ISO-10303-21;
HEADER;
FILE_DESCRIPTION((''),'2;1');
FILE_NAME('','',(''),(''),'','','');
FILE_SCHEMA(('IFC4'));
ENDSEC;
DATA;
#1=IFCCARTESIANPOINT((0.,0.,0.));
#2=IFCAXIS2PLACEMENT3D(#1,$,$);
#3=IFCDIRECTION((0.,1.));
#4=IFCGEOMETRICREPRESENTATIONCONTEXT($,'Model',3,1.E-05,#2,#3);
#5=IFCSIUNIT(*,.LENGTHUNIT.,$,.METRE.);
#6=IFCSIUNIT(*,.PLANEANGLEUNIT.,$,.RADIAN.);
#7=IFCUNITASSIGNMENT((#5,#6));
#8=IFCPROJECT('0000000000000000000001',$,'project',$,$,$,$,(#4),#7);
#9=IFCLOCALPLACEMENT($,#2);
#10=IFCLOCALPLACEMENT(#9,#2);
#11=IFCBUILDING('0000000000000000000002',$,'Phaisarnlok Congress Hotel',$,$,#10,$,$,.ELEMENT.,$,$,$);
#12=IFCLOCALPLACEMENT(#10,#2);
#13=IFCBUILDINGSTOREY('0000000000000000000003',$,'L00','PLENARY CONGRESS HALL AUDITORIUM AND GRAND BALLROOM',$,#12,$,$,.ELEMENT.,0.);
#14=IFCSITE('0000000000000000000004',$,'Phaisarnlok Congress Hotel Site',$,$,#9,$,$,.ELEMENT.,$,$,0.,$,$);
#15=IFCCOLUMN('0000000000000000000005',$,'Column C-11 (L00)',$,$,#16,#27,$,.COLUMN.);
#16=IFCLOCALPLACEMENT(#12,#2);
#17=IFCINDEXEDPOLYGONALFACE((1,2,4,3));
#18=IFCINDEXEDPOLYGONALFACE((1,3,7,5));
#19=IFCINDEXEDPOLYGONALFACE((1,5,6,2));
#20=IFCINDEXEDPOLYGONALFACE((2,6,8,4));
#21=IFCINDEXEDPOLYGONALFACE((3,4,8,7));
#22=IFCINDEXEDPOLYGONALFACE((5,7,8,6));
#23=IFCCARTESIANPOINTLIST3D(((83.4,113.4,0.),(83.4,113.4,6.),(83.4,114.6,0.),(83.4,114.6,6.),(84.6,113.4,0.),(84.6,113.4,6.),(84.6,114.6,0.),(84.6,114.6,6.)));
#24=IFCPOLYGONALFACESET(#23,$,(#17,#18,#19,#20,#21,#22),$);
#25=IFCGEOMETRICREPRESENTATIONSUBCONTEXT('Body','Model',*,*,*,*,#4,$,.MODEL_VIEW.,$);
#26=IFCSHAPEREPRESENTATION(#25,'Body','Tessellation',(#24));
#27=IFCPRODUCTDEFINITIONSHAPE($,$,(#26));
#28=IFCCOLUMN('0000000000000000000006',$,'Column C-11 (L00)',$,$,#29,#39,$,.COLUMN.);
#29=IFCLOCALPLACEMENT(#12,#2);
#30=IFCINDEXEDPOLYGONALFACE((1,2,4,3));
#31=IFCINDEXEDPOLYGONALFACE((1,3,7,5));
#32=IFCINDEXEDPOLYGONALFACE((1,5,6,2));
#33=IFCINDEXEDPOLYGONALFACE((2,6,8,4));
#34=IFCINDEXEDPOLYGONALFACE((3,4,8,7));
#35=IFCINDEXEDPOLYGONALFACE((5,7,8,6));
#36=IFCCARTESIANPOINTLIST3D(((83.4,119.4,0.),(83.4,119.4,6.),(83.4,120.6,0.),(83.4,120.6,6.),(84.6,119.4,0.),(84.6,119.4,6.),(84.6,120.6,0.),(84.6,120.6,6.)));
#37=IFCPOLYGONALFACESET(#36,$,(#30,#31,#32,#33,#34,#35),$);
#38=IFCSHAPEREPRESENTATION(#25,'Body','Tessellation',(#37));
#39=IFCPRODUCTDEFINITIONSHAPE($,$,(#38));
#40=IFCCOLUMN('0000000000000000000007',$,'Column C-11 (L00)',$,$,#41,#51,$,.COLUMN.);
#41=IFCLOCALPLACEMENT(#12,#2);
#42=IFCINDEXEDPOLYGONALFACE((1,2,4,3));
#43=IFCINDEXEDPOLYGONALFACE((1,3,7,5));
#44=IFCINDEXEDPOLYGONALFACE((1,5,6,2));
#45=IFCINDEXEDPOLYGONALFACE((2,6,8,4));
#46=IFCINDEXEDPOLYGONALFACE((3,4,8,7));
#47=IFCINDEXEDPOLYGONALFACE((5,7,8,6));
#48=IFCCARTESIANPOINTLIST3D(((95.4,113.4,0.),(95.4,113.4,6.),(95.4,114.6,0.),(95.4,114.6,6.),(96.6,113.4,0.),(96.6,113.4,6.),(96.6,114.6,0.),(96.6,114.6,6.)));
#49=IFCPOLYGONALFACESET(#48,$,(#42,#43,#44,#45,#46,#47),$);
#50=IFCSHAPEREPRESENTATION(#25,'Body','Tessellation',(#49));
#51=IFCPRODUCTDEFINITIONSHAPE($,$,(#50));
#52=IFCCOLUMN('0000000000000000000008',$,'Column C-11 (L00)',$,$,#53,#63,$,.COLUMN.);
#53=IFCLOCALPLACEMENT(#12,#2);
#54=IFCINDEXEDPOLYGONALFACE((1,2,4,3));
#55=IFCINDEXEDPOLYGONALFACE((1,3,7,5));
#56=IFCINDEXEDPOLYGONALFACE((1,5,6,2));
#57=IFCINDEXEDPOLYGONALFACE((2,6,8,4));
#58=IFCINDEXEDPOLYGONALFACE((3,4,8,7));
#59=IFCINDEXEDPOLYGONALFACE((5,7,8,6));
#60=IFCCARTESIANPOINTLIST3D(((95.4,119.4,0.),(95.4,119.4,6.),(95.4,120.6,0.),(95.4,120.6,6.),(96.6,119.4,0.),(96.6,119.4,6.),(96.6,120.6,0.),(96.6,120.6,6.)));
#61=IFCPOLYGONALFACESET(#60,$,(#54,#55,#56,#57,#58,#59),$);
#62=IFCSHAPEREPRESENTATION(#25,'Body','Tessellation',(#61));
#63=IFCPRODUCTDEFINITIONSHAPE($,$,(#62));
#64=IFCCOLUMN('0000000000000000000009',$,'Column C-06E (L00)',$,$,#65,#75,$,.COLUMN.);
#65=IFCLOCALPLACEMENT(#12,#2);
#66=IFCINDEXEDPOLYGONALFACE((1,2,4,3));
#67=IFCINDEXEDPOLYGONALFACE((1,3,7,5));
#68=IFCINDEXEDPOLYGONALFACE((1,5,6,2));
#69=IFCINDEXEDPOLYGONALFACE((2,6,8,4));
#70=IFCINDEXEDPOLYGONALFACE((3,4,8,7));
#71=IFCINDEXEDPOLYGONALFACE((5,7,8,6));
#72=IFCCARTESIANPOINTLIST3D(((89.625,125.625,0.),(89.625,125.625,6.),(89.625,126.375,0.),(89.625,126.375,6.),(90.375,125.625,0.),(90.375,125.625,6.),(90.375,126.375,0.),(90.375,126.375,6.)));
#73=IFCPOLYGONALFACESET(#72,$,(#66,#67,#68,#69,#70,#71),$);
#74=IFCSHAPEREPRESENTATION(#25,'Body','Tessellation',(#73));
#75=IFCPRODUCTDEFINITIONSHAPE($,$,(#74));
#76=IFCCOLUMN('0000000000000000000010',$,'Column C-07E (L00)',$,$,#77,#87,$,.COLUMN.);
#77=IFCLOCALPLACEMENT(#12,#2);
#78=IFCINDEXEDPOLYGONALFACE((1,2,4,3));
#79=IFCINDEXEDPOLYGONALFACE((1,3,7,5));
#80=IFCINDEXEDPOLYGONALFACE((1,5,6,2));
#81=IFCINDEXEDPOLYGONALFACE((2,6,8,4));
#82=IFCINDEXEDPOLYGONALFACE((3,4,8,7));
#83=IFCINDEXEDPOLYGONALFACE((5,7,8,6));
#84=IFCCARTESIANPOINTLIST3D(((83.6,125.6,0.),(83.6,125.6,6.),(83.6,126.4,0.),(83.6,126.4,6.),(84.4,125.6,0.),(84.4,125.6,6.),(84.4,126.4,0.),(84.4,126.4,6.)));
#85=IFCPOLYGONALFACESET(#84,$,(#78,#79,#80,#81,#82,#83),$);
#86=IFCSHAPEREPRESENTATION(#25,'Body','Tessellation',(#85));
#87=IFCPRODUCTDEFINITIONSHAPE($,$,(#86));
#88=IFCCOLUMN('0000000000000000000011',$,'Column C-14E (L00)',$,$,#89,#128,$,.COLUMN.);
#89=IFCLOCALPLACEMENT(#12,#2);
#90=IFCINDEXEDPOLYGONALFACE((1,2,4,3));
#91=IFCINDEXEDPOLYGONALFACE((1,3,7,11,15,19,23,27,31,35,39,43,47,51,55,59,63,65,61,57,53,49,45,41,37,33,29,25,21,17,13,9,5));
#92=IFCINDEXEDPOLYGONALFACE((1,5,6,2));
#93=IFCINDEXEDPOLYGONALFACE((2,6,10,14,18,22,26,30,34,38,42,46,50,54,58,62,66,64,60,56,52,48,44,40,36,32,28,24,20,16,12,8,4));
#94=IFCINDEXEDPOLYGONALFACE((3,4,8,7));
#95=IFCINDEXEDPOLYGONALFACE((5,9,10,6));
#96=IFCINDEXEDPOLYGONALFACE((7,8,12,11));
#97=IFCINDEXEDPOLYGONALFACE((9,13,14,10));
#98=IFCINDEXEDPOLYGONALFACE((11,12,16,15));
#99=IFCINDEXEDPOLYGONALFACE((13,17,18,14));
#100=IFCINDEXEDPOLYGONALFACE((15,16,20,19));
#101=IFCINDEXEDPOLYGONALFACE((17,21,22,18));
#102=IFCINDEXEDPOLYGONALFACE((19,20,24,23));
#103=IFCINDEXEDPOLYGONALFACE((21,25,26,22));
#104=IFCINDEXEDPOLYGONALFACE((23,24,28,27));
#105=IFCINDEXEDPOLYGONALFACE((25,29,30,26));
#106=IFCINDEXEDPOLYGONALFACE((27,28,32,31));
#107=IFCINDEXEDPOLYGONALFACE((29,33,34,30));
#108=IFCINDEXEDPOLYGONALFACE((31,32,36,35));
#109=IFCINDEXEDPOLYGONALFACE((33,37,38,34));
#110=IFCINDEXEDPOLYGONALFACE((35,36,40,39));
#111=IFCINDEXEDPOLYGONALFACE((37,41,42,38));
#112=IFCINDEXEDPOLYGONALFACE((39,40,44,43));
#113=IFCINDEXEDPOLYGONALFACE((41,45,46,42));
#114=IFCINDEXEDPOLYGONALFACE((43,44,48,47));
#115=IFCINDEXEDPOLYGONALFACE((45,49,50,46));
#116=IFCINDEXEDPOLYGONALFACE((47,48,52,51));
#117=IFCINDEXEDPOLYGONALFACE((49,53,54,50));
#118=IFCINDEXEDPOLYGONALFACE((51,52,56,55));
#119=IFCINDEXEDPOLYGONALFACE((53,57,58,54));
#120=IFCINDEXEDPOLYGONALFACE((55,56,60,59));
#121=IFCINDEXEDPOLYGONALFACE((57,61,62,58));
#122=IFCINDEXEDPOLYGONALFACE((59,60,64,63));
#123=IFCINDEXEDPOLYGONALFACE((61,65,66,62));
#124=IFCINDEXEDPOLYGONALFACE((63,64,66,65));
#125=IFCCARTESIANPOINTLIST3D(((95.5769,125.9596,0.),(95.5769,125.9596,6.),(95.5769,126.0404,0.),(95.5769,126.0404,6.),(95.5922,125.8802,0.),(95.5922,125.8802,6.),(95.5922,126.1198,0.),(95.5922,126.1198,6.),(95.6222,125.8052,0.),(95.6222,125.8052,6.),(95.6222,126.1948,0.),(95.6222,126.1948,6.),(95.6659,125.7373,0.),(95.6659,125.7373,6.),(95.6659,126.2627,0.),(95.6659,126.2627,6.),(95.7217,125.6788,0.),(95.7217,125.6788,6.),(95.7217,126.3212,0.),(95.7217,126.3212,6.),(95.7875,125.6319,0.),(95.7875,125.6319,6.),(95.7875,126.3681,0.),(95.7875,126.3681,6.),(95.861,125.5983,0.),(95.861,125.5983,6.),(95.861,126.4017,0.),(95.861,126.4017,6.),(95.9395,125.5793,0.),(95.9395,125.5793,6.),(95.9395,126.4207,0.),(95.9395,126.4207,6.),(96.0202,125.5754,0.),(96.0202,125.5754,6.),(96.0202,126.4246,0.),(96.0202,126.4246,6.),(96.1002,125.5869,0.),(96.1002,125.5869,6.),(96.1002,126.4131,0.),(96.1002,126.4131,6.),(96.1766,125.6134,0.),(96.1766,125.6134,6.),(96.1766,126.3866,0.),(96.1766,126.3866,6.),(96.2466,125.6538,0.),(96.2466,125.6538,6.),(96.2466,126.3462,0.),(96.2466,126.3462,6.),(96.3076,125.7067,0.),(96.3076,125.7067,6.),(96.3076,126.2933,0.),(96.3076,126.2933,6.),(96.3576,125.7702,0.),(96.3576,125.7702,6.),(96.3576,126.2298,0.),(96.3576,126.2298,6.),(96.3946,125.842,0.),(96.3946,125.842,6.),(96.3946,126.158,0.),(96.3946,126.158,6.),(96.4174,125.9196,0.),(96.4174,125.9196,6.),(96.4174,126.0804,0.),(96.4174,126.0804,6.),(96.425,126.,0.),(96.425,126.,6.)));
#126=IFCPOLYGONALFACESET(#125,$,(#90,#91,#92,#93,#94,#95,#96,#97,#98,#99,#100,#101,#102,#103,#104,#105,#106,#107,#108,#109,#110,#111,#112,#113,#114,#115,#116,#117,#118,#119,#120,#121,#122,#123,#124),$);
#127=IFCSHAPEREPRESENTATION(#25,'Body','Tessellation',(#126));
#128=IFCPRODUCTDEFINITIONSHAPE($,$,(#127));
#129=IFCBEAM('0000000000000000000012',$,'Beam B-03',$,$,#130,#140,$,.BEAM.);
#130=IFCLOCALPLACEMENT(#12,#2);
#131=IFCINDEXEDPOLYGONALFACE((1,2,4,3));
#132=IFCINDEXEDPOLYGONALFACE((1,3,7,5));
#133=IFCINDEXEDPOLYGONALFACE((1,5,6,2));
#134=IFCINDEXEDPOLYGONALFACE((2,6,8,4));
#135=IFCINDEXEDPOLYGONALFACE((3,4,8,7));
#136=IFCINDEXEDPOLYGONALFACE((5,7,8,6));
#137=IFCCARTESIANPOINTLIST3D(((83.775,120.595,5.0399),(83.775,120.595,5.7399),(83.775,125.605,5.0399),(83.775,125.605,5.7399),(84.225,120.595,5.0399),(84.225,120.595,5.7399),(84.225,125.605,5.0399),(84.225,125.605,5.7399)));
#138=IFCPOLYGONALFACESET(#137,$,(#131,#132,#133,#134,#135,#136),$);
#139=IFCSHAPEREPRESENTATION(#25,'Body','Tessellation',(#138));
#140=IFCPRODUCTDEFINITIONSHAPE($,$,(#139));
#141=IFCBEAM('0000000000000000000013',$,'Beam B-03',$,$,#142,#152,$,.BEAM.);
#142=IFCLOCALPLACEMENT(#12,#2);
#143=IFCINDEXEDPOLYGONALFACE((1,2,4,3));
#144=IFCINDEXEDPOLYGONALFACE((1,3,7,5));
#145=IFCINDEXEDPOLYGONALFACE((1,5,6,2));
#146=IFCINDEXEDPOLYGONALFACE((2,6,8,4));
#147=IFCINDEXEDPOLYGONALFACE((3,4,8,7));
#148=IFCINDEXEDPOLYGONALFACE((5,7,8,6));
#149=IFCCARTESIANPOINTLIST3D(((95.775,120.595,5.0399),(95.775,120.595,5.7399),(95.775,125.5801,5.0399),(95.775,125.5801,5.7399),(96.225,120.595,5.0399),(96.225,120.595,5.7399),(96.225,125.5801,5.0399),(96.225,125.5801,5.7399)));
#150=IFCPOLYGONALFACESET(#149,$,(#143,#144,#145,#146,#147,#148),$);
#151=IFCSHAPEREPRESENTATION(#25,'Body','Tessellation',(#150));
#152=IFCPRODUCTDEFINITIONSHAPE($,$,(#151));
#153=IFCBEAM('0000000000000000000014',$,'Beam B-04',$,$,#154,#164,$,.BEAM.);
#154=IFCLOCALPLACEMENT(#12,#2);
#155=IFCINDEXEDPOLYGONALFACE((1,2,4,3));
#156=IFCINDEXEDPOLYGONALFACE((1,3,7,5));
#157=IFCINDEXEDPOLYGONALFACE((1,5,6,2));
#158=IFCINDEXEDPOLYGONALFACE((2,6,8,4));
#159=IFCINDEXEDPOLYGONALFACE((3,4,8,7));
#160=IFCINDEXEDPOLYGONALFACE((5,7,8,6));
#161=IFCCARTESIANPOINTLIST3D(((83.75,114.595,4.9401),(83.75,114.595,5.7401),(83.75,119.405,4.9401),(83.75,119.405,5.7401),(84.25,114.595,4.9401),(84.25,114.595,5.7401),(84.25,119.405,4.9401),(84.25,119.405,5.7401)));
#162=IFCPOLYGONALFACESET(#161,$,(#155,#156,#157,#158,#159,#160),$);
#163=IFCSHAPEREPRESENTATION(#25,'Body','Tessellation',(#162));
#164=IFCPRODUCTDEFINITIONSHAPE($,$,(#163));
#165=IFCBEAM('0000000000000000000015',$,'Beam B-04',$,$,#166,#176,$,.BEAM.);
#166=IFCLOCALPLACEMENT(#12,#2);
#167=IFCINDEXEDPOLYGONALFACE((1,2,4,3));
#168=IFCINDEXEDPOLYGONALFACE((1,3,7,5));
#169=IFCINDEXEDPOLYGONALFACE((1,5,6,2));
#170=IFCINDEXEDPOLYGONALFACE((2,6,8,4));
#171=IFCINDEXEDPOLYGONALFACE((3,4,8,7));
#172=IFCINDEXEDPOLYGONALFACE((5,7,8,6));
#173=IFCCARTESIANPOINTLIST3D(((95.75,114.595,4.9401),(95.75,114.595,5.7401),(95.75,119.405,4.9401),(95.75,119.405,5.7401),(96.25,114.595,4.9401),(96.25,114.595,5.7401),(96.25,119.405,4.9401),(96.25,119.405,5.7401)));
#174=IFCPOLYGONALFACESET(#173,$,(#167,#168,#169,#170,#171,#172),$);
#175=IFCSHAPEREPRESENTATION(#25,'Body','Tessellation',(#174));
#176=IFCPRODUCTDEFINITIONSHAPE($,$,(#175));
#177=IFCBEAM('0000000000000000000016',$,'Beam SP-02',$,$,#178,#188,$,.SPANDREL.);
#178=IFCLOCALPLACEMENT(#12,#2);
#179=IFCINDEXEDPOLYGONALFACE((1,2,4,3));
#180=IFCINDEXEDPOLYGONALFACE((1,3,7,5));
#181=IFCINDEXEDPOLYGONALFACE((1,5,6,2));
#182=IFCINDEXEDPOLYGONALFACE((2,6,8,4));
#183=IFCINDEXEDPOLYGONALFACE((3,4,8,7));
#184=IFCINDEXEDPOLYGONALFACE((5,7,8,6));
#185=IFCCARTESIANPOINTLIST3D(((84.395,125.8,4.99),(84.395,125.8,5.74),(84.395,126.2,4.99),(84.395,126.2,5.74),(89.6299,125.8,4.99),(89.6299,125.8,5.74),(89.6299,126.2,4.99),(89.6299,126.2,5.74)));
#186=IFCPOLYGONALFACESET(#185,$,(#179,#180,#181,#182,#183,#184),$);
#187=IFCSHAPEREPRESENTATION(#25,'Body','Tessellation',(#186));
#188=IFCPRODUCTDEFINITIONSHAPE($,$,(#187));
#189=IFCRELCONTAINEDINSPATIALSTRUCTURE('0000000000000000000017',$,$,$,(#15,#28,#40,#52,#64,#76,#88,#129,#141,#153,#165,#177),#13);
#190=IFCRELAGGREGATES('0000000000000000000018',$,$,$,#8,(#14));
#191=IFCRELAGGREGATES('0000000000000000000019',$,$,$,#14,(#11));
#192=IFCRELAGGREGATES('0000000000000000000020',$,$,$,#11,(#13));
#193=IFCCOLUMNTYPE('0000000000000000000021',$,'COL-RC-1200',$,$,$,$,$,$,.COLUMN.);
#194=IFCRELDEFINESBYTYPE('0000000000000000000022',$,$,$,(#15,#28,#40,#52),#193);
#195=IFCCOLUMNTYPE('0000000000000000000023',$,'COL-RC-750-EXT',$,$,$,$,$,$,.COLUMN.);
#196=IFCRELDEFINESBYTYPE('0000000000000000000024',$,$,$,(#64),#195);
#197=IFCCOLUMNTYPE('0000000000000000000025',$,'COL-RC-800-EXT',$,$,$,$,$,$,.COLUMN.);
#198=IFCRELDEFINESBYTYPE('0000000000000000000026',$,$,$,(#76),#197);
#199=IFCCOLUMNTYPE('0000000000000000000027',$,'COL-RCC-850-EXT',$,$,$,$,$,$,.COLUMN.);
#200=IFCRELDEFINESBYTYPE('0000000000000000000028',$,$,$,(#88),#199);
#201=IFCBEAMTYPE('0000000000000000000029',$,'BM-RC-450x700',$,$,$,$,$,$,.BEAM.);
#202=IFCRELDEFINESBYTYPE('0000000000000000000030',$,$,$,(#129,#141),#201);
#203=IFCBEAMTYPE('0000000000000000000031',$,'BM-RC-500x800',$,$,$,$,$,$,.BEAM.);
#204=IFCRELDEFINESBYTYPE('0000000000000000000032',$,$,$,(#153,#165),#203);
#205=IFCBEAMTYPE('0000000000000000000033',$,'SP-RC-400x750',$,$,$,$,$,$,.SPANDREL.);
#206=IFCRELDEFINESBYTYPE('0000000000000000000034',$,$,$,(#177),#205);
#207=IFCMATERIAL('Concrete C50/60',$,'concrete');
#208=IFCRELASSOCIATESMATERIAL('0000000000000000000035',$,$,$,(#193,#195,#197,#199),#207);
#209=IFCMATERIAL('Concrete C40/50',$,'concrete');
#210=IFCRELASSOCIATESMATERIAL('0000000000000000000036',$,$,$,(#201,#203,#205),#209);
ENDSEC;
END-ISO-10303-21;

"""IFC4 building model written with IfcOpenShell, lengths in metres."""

from ifc_helpers import new_model, si_unit, direction, frame, origin, origin_2d, place, context, subcontext, project, spatial, rectangle, circle, extrude, material, material_profile, profile_set, type_object, element, save


model = new_model("IFC4")

# Units and contexts
model_context = context("Model", 3, precision=1e-05, world=origin(), true_north=direction((0.0, 1.0)))
body_context = subcontext(model_context, "Body", "Model", "MODEL_VIEW")
ifc_project = project(units=[si_unit("LENGTHUNIT", "METRE"), si_unit("PLANEANGLEUNIT", "RADIAN")], contexts=[model_context])

# Site, building, storey
site_placement = place(None, origin())
site = spatial("IfcSite", under=ifc_project, at=site_placement, Name="Phaisarnlok Congress Hotel Site", CompositionType="ELEMENT", RefElevation=0.0)
building_placement = place(site_placement, origin())
building = spatial("IfcBuilding", under=site, at=building_placement, Name="Phaisarnlok Congress Hotel", CompositionType="ELEMENT")
storey_placement = place(building_placement, origin())
storey = spatial("IfcBuildingStorey", under=building, at=storey_placement, Name="L00", Description="PLENARY CONGRESS HALL AUDITORIUM AND GRAND BALLROOM", CompositionType="ELEMENT", Elevation=0.0)

# Columns
ifc_material_1 = material(Name="Concrete C50/60", Category="concrete")
ifc_material_profile_1 = material_profile(ifc_material_1, rectangle(XDim=1.2, YDim=1.2, at=origin_2d()), Name="RC 1200x1200")
ifc_profile_set_1 = profile_set([ifc_material_profile_1], Name="Concrete C50/60")
column_type_1 = type_object("IfcColumnType", Name="COL-RC-1200", PredefinedType="COLUMN", material=ifc_profile_set_1)
for number, where, z_axis, x_axis, name in (
    (1, (84.0, 114.0, 0.0), (0.0, 0.0, 1.0), (1.0, 0.0, 0.0), "Column C-11 (L00)"),
    (2, (84.0, 120.0, 0.0), (0.0, 0.0, 1.0), (1.0, 0.0, 0.0), "Column C-11 (L00)"),
    (3, (96.0, 114.0, 0.0), (0.0, 0.0, 1.0), (1.0, 0.0, 0.0), "Column C-11 (L00)"),
    (4, (96.0, 120.0, 0.0), (0.0, 0.0, 1.0), (1.0, 0.0, 0.0), "Column C-11 (L00)"),
):
    element("IfcColumn", number, at=place(storey_placement, frame(where, z_axis=z_axis, x_axis=x_axis)), inside=storey, type_object=column_type_1, Name=name, PredefinedType="COLUMN", context=body_context, shape_type="SweptSolid", body=[
        extrude(rectangle(XDim=1.2, YDim=1.2, at=origin_2d()), origin(), (0.0, 0.0, 1.0), 6.0),
    ])
ifc_material_profile_2 = material_profile(ifc_material_1, rectangle(XDim=0.75, YDim=0.75, at=origin_2d()), Name="RC 750x750")
ifc_profile_set_2 = profile_set([ifc_material_profile_2], Name="Concrete C50/60")
column_type_2 = type_object("IfcColumnType", Name="COL-RC-750-EXT", PredefinedType="COLUMN", material=ifc_profile_set_2)
column_1_placement = place(storey_placement, frame((90.0, 126.0, 0.0), z_axis=(0.0, 0.0, 1.0), x_axis=(1.0, 0.0, 0.0)))
element("IfcColumn", 5, at=column_1_placement, inside=storey, type_object=column_type_2, Name="Column C-06E (L00)", PredefinedType="COLUMN", context=body_context, shape_type="SweptSolid", body=[
    extrude(rectangle(XDim=0.75, YDim=0.75, at=origin_2d()), origin(), (0.0, 0.0, 1.0), 6.0),
])
ifc_material_profile_3 = material_profile(ifc_material_1, rectangle(XDim=0.8, YDim=0.8, at=origin_2d()), Name="RC 800x800")
ifc_profile_set_3 = profile_set([ifc_material_profile_3], Name="Concrete C50/60")
column_type_3 = type_object("IfcColumnType", Name="COL-RC-800-EXT", PredefinedType="COLUMN", material=ifc_profile_set_3)
column_2_placement = place(storey_placement, frame((84.0, 126.0, 0.0), z_axis=(0.0, 0.0, 1.0), x_axis=(1.0, 0.0, 0.0)))
element("IfcColumn", 6, at=column_2_placement, inside=storey, type_object=column_type_3, Name="Column C-07E (L00)", PredefinedType="COLUMN", context=body_context, shape_type="SweptSolid", body=[
    extrude(rectangle(XDim=0.8, YDim=0.8, at=origin_2d()), origin(), (0.0, 0.0, 1.0), 6.0),
])
ifc_material_profile_4 = material_profile(ifc_material_1, circle(Radius=0.425, at=origin_2d()), Name="RCC D850")
ifc_profile_set_4 = profile_set([ifc_material_profile_4], Name="Concrete C50/60")
column_type_4 = type_object("IfcColumnType", Name="COL-RCC-850-EXT", PredefinedType="COLUMN", material=ifc_profile_set_4)
column_3_placement = place(storey_placement, frame((96.0, 126.0, 0.0), z_axis=(0.0, 0.0, 1.0), x_axis=(1.0, 0.0, 0.0)))
element("IfcColumn", 7, at=column_3_placement, inside=storey, type_object=column_type_4, Name="Column C-14E (L00)", PredefinedType="COLUMN", context=body_context, shape_type="SweptSolid", body=[
    extrude(circle(Radius=0.425, at=origin_2d()), origin(), (0.0, 0.0, 1.0), 6.0),
])

# Beams
ifc_material_2 = material(Name="Concrete C40/50", Category="concrete")
ifc_material_profile_5 = material_profile(ifc_material_2, rectangle(XDim=0.45, YDim=0.7, at=origin_2d()), Name="RC 450x700")
ifc_profile_set_5 = profile_set([ifc_material_profile_5], Name="Concrete C40/50")
beam_type_1 = type_object("IfcBeamType", Name="BM-RC-450x700", PredefinedType="BEAM", material=ifc_profile_set_5)
beam_1_placement = place(storey_placement, frame((84.0, 120.595, 5.3899), z_axis=(0.0, 1.0, 0.0), x_axis=(-1.0, 0.0, 0.0)))
element("IfcBeam", 8, at=beam_1_placement, inside=storey, type_object=beam_type_1, Name="Beam B-03", PredefinedType="BEAM", context=body_context, shape_type="SweptSolid", body=[
    extrude(rectangle(XDim=0.45, YDim=0.7, at=origin_2d()), origin(), (0.0, 0.0, 1.0), 5.01),
])
beam_2_placement = place(storey_placement, frame((96.0, 120.595, 5.3899), z_axis=(0.0, 1.0, 0.0), x_axis=(-1.0, 0.0, 0.0)))
element("IfcBeam", 9, at=beam_2_placement, inside=storey, type_object=beam_type_1, Name="Beam B-03", PredefinedType="BEAM", context=body_context, shape_type="SweptSolid", body=[
    extrude(rectangle(XDim=0.45, YDim=0.7, at=origin_2d()), origin(), (0.0, 0.0, 1.0), 4.9851),
])
ifc_material_profile_6 = material_profile(ifc_material_2, rectangle(XDim=0.5, YDim=0.8, at=origin_2d()), Name="RC 500x800")
ifc_profile_set_6 = profile_set([ifc_material_profile_6], Name="Concrete C40/50")
beam_type_2 = type_object("IfcBeamType", Name="BM-RC-500x800", PredefinedType="BEAM", material=ifc_profile_set_6)
for number, where, z_axis, x_axis, name in (
    (10, (84.0, 114.595, 5.3401), (0.0, 1.0, 0.0), (-1.0, 0.0, 0.0), "Beam B-04"),
    (11, (96.0, 114.595, 5.3401), (0.0, 1.0, 0.0), (-1.0, 0.0, 0.0), "Beam B-04"),
):
    element("IfcBeam", number, at=place(storey_placement, frame(where, z_axis=z_axis, x_axis=x_axis)), inside=storey, type_object=beam_type_2, Name=name, PredefinedType="BEAM", context=body_context, shape_type="SweptSolid", body=[
        extrude(rectangle(XDim=0.5, YDim=0.8, at=origin_2d()), origin(), (0.0, 0.0, 1.0), 4.8101),
    ])
ifc_material_profile_7 = material_profile(ifc_material_2, rectangle(XDim=0.3999, YDim=0.75, at=origin_2d()), Name="RC 400x750")
ifc_profile_set_7 = profile_set([ifc_material_profile_7], Name="Concrete C40/50")
beam_type_3 = type_object("IfcBeamType", Name="SP-RC-400x750", PredefinedType="SPANDREL", material=ifc_profile_set_7)
beam_3_placement = place(storey_placement, frame((84.395, 126.0, 5.365), z_axis=(1.0, 0.0, 0.0), x_axis=(0.0, 1.0, 0.0)))
element("IfcBeam", 12, at=beam_3_placement, inside=storey, type_object=beam_type_3, Name="Beam SP-02", PredefinedType="SPANDREL", context=body_context, shape_type="SweptSolid", body=[
    extrude(rectangle(XDim=0.3999, YDim=0.75, at=origin_2d()), origin(), (0.0, 0.0, 1.0), 5.2349),
])

save(model, "model.ifc")
